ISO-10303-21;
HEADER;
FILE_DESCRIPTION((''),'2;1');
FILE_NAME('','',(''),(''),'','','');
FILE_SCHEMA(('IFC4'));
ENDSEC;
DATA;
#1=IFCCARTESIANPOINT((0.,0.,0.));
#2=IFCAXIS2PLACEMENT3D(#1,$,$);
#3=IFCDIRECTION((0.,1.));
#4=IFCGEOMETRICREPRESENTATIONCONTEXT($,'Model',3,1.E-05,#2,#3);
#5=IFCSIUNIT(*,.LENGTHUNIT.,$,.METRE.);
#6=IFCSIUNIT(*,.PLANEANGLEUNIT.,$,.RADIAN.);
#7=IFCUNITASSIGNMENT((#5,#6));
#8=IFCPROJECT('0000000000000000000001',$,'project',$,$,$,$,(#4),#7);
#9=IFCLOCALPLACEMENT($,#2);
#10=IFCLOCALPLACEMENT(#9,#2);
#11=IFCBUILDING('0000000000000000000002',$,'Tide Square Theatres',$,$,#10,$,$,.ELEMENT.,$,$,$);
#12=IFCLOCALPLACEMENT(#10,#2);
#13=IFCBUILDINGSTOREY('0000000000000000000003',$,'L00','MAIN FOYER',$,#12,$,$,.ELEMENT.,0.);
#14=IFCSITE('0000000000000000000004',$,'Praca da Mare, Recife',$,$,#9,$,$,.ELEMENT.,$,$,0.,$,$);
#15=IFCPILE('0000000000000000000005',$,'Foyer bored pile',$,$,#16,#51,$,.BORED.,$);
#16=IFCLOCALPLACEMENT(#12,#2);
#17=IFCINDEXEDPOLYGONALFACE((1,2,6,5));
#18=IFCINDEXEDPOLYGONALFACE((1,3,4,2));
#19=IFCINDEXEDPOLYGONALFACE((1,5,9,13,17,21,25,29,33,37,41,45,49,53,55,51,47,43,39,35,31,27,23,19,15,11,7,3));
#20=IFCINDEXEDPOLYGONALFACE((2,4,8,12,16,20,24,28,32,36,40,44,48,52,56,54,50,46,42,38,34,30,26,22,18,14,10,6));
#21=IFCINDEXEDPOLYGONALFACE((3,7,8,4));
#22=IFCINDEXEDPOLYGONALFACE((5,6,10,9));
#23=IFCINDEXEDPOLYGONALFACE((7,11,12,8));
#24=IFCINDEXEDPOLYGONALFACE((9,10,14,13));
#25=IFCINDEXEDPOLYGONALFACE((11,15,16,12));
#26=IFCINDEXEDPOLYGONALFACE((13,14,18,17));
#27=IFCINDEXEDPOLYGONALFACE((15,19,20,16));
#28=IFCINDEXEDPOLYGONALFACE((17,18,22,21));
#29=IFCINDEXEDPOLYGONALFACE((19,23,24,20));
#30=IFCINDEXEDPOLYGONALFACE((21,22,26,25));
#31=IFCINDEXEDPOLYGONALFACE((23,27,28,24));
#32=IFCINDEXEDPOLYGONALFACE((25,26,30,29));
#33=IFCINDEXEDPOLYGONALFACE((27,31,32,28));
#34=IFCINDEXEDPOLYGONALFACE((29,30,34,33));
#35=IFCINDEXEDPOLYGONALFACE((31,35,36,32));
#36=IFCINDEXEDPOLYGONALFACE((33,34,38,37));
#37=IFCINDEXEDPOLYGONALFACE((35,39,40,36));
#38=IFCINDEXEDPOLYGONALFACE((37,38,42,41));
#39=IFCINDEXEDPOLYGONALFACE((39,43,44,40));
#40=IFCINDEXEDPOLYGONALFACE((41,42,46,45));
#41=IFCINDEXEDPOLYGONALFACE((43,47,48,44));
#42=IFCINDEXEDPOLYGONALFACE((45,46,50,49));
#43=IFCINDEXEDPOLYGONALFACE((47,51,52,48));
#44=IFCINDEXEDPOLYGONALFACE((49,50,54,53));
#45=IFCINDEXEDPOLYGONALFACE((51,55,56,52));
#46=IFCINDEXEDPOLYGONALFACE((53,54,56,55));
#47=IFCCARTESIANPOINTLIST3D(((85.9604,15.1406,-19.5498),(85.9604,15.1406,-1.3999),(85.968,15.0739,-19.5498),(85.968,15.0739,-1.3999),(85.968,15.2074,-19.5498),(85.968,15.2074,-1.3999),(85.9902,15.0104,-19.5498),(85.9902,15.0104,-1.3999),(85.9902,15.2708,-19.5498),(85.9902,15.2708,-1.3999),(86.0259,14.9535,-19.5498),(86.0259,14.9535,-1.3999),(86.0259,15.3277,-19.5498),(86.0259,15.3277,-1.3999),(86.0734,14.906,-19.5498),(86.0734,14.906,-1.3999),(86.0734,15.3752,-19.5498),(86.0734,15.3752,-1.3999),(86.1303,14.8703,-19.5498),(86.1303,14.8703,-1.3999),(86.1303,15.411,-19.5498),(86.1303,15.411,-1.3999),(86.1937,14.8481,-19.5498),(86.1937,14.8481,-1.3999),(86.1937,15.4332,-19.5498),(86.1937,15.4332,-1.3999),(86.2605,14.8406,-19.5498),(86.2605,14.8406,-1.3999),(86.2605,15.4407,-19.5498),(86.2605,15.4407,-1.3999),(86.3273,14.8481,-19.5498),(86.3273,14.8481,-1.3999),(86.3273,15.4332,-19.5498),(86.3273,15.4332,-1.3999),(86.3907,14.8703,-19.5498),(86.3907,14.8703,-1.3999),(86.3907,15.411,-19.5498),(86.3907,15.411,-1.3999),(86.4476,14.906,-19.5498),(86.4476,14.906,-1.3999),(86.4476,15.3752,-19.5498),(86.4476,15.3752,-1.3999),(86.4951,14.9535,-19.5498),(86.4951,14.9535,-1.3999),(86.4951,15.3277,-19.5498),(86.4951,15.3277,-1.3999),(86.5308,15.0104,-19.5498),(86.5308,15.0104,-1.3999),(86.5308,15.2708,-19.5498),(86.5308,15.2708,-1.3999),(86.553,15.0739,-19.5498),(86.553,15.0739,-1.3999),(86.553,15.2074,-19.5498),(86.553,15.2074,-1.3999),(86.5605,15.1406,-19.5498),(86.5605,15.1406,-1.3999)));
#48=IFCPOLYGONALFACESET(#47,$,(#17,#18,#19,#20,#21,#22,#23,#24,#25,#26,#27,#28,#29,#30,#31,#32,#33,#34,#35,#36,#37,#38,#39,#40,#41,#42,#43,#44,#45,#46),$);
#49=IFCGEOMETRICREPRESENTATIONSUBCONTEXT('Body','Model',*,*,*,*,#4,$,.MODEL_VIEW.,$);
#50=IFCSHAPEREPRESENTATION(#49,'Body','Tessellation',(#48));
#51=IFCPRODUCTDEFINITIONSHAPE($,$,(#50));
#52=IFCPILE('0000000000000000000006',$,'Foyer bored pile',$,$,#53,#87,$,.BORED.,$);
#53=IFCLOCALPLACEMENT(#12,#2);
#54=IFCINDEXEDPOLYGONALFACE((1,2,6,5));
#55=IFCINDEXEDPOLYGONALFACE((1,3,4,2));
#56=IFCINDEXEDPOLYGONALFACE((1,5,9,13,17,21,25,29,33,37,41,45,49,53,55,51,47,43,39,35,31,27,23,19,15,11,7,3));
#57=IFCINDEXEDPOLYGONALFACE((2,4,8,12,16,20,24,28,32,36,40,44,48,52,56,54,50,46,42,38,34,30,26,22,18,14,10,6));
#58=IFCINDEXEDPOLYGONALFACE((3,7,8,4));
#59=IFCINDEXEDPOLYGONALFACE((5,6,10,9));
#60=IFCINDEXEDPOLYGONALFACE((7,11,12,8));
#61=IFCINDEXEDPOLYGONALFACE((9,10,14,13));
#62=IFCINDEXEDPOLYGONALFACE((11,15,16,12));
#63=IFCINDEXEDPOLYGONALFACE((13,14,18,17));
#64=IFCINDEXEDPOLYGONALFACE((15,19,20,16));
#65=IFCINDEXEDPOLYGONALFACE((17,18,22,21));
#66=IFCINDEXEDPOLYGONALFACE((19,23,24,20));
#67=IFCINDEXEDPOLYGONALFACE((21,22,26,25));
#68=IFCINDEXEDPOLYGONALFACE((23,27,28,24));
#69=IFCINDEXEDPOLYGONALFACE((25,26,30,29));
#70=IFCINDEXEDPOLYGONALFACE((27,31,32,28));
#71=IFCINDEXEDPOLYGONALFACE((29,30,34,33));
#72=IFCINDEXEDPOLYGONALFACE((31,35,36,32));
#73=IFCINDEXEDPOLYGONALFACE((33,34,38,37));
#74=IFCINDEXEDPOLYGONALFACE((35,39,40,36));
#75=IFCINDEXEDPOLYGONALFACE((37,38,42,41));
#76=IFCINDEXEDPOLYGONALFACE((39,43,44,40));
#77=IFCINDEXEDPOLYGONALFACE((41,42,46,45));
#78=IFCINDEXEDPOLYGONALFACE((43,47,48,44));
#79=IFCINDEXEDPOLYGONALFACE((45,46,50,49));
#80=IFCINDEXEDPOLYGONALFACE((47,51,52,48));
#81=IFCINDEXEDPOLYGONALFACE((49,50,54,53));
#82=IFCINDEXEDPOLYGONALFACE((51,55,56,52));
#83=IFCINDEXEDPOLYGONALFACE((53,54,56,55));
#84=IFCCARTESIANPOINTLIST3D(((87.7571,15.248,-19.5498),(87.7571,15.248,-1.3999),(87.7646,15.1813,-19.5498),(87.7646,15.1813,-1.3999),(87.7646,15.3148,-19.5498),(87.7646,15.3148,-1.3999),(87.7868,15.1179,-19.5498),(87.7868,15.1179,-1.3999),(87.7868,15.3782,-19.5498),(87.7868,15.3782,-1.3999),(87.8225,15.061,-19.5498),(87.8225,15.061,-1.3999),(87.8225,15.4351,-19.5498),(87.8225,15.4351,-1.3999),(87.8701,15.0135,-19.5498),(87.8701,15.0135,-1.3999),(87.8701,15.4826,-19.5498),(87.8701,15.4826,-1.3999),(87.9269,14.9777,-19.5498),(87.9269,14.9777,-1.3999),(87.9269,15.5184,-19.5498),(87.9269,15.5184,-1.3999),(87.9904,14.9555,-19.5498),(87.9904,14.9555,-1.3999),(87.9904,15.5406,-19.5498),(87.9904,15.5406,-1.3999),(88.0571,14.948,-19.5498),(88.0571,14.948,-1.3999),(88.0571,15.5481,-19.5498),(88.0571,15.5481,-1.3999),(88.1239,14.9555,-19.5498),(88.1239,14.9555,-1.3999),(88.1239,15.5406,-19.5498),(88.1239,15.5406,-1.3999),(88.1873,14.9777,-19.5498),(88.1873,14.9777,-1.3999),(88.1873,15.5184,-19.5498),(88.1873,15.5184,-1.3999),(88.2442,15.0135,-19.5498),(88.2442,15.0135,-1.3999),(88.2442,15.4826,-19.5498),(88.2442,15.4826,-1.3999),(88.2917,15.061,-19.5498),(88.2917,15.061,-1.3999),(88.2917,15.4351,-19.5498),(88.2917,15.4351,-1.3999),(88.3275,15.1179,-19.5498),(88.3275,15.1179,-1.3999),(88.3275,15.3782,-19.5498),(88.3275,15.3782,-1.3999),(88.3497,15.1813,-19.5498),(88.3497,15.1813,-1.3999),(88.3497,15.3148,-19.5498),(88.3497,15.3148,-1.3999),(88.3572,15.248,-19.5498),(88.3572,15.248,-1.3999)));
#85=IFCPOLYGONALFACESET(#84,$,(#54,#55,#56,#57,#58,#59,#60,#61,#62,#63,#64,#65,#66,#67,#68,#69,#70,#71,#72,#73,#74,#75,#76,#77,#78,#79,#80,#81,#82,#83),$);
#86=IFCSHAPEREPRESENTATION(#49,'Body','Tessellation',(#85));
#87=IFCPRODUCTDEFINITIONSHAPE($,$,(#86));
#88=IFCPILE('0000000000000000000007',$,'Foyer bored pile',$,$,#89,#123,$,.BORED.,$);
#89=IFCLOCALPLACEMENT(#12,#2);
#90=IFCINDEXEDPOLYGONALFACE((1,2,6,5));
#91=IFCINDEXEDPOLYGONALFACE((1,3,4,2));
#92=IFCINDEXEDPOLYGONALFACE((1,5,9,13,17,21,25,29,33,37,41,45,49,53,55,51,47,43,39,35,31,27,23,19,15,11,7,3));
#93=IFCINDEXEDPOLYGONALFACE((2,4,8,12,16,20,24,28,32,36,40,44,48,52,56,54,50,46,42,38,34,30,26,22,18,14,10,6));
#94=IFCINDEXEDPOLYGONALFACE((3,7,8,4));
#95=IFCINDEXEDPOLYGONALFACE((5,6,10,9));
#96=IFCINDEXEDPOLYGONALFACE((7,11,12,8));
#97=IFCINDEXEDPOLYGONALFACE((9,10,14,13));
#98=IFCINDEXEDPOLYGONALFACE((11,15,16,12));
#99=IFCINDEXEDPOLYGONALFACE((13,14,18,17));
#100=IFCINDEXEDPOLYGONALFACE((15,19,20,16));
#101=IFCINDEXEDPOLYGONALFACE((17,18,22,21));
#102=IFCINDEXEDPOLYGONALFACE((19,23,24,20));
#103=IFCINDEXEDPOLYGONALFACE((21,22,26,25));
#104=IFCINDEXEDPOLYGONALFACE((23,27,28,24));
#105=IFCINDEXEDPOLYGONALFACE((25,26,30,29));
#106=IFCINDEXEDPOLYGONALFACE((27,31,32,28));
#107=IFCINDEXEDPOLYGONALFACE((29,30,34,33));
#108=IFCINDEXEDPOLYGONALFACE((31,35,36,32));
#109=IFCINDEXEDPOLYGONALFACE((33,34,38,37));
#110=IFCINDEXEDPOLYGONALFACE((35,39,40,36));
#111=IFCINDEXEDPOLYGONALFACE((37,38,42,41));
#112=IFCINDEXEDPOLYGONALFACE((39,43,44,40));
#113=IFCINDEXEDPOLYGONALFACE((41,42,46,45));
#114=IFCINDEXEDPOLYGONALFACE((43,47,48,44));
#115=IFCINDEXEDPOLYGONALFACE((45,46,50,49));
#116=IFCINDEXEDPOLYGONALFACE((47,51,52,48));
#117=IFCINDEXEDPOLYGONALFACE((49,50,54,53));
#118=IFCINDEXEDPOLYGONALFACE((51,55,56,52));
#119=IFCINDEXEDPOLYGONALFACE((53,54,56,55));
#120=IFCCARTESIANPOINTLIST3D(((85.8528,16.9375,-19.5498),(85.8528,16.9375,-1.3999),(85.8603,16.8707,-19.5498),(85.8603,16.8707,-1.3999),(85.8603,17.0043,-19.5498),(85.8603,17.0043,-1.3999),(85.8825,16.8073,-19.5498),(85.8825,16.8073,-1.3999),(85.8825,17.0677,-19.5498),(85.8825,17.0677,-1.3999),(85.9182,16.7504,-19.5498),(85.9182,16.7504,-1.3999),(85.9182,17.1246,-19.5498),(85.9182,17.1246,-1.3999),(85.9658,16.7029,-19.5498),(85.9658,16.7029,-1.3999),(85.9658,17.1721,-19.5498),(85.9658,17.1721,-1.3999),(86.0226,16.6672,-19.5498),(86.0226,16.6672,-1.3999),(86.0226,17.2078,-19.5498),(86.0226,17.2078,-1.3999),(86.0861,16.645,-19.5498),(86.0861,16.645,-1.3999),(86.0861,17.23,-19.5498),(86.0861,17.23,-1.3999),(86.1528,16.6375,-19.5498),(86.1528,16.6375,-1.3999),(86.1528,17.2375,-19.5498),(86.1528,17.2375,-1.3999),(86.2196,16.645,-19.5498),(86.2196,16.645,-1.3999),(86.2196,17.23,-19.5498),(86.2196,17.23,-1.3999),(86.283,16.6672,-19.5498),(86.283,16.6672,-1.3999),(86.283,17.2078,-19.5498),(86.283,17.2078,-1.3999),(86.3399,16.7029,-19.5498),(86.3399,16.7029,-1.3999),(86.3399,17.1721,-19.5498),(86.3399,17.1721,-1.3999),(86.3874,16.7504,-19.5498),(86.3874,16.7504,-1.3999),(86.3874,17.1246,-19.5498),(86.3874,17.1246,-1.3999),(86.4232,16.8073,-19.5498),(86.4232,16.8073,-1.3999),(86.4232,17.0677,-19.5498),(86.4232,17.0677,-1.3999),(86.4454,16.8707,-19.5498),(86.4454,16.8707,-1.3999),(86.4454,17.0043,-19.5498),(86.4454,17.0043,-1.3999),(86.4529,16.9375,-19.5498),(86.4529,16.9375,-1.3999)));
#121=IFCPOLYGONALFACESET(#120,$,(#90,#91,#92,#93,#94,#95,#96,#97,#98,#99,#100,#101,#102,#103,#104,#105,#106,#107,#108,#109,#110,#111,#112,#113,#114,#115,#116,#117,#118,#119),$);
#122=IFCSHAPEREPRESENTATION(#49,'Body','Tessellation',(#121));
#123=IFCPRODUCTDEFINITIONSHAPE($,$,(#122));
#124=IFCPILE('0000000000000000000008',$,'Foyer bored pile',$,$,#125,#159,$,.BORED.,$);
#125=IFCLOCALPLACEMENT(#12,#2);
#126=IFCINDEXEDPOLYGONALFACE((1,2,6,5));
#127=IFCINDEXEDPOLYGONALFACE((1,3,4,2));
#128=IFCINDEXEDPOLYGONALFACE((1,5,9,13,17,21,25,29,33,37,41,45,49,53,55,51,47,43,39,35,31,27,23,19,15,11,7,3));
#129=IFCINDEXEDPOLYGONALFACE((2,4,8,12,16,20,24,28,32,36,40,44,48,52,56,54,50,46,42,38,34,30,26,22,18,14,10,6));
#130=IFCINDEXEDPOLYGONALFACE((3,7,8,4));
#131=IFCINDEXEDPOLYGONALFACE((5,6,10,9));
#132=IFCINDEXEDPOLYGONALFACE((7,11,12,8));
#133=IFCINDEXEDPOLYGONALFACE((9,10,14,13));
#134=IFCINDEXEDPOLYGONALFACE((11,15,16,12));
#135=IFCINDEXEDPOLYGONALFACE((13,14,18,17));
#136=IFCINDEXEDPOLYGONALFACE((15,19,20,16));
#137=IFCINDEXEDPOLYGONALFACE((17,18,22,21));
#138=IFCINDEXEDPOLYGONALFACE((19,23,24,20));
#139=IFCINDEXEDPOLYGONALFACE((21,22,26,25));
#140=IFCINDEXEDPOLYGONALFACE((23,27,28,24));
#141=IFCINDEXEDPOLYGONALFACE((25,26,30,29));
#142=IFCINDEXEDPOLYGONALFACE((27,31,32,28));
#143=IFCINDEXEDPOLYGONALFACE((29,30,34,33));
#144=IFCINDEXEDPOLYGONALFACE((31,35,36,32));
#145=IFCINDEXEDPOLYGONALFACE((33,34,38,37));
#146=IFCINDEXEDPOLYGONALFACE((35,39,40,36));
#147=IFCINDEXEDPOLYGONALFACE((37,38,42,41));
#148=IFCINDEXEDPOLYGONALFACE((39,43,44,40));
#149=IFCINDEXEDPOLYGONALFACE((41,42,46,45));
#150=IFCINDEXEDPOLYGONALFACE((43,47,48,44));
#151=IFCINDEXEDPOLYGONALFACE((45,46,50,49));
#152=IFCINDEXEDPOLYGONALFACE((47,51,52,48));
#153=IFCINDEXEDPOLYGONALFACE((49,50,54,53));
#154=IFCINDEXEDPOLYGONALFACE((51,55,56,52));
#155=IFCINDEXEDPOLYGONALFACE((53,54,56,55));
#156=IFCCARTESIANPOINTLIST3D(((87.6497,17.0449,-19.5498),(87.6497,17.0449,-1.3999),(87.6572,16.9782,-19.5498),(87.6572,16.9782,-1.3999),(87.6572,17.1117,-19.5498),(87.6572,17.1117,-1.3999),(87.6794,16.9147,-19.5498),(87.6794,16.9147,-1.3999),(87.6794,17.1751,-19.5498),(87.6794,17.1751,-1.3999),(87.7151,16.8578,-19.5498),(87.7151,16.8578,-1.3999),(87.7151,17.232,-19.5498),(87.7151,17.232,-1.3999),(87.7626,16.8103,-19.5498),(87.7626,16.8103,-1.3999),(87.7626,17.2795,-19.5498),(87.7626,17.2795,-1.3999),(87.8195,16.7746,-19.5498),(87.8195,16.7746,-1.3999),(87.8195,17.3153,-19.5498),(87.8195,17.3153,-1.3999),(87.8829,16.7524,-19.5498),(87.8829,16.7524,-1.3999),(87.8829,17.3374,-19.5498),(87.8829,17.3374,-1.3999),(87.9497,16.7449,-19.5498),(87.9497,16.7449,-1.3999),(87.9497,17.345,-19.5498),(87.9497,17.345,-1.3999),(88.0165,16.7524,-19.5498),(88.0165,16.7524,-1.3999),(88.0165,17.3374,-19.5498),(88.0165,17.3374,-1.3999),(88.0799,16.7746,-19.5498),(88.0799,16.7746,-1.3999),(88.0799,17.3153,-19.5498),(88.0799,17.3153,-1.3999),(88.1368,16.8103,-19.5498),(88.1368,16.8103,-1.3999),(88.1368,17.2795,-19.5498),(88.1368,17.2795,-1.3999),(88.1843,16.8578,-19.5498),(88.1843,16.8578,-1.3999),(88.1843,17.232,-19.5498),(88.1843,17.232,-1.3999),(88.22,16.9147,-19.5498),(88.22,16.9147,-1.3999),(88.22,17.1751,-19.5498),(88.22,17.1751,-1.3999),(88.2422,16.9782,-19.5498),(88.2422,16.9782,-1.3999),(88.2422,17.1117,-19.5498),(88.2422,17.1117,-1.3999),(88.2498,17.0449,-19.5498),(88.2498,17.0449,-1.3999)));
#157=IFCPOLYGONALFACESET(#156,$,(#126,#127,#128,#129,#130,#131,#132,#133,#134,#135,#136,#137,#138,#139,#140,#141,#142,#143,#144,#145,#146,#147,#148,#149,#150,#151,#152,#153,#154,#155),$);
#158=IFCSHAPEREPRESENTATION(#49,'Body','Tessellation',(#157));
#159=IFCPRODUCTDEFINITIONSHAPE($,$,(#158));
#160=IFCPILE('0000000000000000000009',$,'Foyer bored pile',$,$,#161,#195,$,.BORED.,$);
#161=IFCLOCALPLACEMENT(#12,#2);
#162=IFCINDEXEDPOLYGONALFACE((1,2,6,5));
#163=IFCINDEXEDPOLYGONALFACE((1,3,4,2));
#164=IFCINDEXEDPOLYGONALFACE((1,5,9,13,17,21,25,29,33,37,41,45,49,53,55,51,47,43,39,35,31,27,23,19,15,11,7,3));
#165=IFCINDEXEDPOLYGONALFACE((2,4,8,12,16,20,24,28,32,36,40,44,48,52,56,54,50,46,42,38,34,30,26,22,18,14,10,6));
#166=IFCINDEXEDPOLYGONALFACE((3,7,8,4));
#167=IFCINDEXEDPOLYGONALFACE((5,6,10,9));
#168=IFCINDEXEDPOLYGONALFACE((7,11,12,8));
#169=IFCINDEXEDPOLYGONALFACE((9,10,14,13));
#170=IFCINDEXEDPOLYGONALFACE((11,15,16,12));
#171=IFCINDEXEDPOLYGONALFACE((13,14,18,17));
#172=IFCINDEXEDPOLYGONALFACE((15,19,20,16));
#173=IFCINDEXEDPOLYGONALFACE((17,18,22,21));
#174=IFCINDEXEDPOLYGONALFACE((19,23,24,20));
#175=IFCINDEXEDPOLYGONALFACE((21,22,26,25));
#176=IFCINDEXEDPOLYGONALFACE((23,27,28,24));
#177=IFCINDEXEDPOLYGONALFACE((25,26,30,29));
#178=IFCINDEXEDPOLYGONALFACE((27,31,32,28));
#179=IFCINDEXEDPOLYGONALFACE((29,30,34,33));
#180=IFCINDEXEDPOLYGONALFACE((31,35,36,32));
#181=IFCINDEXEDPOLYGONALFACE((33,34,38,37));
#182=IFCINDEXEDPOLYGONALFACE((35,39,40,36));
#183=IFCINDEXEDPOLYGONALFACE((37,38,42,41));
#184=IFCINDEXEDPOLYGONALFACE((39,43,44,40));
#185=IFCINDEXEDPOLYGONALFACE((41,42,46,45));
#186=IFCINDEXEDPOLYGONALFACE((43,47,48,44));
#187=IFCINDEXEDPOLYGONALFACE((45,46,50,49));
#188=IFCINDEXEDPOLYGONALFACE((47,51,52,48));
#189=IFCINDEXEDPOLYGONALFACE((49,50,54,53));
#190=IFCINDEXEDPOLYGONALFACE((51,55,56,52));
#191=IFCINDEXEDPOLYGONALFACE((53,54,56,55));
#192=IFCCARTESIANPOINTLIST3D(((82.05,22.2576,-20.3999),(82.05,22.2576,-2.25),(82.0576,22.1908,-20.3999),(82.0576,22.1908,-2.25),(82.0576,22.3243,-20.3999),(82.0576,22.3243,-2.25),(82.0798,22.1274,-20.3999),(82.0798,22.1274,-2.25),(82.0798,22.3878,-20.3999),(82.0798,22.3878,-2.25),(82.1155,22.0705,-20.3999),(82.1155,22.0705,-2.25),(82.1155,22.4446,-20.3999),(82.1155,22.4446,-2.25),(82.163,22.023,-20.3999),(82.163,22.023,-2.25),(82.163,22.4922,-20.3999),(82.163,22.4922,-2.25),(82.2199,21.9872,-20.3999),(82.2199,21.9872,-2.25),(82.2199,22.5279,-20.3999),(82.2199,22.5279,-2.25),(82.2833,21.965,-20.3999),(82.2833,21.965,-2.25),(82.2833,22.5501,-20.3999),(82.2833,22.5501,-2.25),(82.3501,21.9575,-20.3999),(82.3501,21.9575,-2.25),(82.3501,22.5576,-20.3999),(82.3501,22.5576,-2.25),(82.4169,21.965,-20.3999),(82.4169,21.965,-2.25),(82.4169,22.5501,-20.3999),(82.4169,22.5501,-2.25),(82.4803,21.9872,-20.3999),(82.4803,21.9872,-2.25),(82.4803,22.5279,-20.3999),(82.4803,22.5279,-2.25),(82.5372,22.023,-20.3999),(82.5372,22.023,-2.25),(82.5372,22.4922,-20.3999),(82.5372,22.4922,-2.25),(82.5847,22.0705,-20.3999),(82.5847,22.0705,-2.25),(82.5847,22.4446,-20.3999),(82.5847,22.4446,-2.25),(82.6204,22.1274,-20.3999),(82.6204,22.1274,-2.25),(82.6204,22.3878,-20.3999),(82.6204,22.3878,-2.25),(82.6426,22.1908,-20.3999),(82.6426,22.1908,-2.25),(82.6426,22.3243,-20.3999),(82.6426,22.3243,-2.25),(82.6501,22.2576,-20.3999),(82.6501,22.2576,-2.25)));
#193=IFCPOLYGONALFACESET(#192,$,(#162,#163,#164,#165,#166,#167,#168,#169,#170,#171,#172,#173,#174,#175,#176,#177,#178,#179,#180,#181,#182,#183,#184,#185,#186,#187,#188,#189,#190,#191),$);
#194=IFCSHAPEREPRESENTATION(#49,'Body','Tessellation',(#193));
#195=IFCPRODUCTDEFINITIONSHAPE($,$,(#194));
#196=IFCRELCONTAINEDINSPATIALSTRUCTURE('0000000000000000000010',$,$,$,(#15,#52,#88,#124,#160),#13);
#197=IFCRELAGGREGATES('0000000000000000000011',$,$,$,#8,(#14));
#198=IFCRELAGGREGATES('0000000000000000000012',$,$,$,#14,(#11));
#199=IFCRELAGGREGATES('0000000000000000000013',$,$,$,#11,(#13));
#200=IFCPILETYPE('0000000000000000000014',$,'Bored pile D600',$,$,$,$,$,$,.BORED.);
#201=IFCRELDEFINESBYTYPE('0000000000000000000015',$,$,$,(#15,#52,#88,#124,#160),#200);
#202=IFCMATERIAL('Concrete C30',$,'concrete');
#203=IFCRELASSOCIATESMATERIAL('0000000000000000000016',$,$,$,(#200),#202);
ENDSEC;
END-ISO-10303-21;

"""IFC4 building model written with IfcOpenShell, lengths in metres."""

from ifc_helpers import new_model, si_unit, direction, frame, origin, origin_2d, place, context, subcontext, project, spatial, circle, extrude, material, material_profile, profile_set, type_object, element, save


model = new_model("IFC4")

# Units and contexts
model_context = context("Model", 3, precision=1e-05, world=origin(), true_north=direction((0.0, 1.0)))
body_context = subcontext(model_context, "Body", "Model", "MODEL_VIEW")
ifc_project = project(units=[si_unit("LENGTHUNIT", "METRE"), si_unit("PLANEANGLEUNIT", "RADIAN")], contexts=[model_context])

# Site, building, storey
site_placement = place(None, origin())
site = spatial("IfcSite", under=ifc_project, at=site_placement, Name="Praca da Mare, Recife", CompositionType="ELEMENT", RefElevation=0.0)
building_placement = place(site_placement, origin())
building = spatial("IfcBuilding", under=site, at=building_placement, Name="Tide Square Theatres", CompositionType="ELEMENT")
storey_placement = place(building_placement, origin())
storey = spatial("IfcBuildingStorey", under=building, at=storey_placement, Name="L00", Description="MAIN FOYER", CompositionType="ELEMENT", Elevation=0.0)

# Piles
ifc_material_1 = material(Name="Concrete C30", Category="concrete")
ifc_material_profile_1 = material_profile(ifc_material_1, circle(Radius=0.3, at=origin_2d()))
ifc_profile_set_1 = profile_set([ifc_material_profile_1], Name="Concrete C30")
pile_type = type_object("IfcPileType", Name="Bored pile D600", PredefinedType="BORED", material=ifc_profile_set_1)
for number, where, z_axis, x_axis, name in (
    (1, (86.2605, 15.1406, -1.3999), (0.0, 0.0, -1.0), (1.0, 0.0, 0.0), "Foyer bored pile"),
    (2, (88.0571, 15.248, -1.3999), (0.0, 0.0, -1.0), (1.0, 0.0, 0.0), "Foyer bored pile"),
    (3, (86.1528, 16.9375, -1.3999), (0.0, 0.0, -1.0), (1.0, 0.0, 0.0), "Foyer bored pile"),
    (4, (87.9497, 17.0449, -1.3999), (0.0, 0.0, -1.0), (1.0, 0.0, 0.0), "Foyer bored pile"),
    (5, (82.3501, 22.2576, -2.25), (0.0, 0.0, -1.0), (1.0, 0.0, 0.0), "Foyer bored pile"),
):
    element("IfcPile", number, at=place(storey_placement, frame(where, z_axis=z_axis, x_axis=x_axis)), inside=storey, type_object=pile_type, Name=name, PredefinedType="BORED", context=body_context, shape_type="SweptSolid", body=[
        extrude(circle(Radius=0.3, at=origin_2d()), origin(), (0.0, 0.0, 1.0), 18.1499),
    ])

save(model, "model.ifc")
